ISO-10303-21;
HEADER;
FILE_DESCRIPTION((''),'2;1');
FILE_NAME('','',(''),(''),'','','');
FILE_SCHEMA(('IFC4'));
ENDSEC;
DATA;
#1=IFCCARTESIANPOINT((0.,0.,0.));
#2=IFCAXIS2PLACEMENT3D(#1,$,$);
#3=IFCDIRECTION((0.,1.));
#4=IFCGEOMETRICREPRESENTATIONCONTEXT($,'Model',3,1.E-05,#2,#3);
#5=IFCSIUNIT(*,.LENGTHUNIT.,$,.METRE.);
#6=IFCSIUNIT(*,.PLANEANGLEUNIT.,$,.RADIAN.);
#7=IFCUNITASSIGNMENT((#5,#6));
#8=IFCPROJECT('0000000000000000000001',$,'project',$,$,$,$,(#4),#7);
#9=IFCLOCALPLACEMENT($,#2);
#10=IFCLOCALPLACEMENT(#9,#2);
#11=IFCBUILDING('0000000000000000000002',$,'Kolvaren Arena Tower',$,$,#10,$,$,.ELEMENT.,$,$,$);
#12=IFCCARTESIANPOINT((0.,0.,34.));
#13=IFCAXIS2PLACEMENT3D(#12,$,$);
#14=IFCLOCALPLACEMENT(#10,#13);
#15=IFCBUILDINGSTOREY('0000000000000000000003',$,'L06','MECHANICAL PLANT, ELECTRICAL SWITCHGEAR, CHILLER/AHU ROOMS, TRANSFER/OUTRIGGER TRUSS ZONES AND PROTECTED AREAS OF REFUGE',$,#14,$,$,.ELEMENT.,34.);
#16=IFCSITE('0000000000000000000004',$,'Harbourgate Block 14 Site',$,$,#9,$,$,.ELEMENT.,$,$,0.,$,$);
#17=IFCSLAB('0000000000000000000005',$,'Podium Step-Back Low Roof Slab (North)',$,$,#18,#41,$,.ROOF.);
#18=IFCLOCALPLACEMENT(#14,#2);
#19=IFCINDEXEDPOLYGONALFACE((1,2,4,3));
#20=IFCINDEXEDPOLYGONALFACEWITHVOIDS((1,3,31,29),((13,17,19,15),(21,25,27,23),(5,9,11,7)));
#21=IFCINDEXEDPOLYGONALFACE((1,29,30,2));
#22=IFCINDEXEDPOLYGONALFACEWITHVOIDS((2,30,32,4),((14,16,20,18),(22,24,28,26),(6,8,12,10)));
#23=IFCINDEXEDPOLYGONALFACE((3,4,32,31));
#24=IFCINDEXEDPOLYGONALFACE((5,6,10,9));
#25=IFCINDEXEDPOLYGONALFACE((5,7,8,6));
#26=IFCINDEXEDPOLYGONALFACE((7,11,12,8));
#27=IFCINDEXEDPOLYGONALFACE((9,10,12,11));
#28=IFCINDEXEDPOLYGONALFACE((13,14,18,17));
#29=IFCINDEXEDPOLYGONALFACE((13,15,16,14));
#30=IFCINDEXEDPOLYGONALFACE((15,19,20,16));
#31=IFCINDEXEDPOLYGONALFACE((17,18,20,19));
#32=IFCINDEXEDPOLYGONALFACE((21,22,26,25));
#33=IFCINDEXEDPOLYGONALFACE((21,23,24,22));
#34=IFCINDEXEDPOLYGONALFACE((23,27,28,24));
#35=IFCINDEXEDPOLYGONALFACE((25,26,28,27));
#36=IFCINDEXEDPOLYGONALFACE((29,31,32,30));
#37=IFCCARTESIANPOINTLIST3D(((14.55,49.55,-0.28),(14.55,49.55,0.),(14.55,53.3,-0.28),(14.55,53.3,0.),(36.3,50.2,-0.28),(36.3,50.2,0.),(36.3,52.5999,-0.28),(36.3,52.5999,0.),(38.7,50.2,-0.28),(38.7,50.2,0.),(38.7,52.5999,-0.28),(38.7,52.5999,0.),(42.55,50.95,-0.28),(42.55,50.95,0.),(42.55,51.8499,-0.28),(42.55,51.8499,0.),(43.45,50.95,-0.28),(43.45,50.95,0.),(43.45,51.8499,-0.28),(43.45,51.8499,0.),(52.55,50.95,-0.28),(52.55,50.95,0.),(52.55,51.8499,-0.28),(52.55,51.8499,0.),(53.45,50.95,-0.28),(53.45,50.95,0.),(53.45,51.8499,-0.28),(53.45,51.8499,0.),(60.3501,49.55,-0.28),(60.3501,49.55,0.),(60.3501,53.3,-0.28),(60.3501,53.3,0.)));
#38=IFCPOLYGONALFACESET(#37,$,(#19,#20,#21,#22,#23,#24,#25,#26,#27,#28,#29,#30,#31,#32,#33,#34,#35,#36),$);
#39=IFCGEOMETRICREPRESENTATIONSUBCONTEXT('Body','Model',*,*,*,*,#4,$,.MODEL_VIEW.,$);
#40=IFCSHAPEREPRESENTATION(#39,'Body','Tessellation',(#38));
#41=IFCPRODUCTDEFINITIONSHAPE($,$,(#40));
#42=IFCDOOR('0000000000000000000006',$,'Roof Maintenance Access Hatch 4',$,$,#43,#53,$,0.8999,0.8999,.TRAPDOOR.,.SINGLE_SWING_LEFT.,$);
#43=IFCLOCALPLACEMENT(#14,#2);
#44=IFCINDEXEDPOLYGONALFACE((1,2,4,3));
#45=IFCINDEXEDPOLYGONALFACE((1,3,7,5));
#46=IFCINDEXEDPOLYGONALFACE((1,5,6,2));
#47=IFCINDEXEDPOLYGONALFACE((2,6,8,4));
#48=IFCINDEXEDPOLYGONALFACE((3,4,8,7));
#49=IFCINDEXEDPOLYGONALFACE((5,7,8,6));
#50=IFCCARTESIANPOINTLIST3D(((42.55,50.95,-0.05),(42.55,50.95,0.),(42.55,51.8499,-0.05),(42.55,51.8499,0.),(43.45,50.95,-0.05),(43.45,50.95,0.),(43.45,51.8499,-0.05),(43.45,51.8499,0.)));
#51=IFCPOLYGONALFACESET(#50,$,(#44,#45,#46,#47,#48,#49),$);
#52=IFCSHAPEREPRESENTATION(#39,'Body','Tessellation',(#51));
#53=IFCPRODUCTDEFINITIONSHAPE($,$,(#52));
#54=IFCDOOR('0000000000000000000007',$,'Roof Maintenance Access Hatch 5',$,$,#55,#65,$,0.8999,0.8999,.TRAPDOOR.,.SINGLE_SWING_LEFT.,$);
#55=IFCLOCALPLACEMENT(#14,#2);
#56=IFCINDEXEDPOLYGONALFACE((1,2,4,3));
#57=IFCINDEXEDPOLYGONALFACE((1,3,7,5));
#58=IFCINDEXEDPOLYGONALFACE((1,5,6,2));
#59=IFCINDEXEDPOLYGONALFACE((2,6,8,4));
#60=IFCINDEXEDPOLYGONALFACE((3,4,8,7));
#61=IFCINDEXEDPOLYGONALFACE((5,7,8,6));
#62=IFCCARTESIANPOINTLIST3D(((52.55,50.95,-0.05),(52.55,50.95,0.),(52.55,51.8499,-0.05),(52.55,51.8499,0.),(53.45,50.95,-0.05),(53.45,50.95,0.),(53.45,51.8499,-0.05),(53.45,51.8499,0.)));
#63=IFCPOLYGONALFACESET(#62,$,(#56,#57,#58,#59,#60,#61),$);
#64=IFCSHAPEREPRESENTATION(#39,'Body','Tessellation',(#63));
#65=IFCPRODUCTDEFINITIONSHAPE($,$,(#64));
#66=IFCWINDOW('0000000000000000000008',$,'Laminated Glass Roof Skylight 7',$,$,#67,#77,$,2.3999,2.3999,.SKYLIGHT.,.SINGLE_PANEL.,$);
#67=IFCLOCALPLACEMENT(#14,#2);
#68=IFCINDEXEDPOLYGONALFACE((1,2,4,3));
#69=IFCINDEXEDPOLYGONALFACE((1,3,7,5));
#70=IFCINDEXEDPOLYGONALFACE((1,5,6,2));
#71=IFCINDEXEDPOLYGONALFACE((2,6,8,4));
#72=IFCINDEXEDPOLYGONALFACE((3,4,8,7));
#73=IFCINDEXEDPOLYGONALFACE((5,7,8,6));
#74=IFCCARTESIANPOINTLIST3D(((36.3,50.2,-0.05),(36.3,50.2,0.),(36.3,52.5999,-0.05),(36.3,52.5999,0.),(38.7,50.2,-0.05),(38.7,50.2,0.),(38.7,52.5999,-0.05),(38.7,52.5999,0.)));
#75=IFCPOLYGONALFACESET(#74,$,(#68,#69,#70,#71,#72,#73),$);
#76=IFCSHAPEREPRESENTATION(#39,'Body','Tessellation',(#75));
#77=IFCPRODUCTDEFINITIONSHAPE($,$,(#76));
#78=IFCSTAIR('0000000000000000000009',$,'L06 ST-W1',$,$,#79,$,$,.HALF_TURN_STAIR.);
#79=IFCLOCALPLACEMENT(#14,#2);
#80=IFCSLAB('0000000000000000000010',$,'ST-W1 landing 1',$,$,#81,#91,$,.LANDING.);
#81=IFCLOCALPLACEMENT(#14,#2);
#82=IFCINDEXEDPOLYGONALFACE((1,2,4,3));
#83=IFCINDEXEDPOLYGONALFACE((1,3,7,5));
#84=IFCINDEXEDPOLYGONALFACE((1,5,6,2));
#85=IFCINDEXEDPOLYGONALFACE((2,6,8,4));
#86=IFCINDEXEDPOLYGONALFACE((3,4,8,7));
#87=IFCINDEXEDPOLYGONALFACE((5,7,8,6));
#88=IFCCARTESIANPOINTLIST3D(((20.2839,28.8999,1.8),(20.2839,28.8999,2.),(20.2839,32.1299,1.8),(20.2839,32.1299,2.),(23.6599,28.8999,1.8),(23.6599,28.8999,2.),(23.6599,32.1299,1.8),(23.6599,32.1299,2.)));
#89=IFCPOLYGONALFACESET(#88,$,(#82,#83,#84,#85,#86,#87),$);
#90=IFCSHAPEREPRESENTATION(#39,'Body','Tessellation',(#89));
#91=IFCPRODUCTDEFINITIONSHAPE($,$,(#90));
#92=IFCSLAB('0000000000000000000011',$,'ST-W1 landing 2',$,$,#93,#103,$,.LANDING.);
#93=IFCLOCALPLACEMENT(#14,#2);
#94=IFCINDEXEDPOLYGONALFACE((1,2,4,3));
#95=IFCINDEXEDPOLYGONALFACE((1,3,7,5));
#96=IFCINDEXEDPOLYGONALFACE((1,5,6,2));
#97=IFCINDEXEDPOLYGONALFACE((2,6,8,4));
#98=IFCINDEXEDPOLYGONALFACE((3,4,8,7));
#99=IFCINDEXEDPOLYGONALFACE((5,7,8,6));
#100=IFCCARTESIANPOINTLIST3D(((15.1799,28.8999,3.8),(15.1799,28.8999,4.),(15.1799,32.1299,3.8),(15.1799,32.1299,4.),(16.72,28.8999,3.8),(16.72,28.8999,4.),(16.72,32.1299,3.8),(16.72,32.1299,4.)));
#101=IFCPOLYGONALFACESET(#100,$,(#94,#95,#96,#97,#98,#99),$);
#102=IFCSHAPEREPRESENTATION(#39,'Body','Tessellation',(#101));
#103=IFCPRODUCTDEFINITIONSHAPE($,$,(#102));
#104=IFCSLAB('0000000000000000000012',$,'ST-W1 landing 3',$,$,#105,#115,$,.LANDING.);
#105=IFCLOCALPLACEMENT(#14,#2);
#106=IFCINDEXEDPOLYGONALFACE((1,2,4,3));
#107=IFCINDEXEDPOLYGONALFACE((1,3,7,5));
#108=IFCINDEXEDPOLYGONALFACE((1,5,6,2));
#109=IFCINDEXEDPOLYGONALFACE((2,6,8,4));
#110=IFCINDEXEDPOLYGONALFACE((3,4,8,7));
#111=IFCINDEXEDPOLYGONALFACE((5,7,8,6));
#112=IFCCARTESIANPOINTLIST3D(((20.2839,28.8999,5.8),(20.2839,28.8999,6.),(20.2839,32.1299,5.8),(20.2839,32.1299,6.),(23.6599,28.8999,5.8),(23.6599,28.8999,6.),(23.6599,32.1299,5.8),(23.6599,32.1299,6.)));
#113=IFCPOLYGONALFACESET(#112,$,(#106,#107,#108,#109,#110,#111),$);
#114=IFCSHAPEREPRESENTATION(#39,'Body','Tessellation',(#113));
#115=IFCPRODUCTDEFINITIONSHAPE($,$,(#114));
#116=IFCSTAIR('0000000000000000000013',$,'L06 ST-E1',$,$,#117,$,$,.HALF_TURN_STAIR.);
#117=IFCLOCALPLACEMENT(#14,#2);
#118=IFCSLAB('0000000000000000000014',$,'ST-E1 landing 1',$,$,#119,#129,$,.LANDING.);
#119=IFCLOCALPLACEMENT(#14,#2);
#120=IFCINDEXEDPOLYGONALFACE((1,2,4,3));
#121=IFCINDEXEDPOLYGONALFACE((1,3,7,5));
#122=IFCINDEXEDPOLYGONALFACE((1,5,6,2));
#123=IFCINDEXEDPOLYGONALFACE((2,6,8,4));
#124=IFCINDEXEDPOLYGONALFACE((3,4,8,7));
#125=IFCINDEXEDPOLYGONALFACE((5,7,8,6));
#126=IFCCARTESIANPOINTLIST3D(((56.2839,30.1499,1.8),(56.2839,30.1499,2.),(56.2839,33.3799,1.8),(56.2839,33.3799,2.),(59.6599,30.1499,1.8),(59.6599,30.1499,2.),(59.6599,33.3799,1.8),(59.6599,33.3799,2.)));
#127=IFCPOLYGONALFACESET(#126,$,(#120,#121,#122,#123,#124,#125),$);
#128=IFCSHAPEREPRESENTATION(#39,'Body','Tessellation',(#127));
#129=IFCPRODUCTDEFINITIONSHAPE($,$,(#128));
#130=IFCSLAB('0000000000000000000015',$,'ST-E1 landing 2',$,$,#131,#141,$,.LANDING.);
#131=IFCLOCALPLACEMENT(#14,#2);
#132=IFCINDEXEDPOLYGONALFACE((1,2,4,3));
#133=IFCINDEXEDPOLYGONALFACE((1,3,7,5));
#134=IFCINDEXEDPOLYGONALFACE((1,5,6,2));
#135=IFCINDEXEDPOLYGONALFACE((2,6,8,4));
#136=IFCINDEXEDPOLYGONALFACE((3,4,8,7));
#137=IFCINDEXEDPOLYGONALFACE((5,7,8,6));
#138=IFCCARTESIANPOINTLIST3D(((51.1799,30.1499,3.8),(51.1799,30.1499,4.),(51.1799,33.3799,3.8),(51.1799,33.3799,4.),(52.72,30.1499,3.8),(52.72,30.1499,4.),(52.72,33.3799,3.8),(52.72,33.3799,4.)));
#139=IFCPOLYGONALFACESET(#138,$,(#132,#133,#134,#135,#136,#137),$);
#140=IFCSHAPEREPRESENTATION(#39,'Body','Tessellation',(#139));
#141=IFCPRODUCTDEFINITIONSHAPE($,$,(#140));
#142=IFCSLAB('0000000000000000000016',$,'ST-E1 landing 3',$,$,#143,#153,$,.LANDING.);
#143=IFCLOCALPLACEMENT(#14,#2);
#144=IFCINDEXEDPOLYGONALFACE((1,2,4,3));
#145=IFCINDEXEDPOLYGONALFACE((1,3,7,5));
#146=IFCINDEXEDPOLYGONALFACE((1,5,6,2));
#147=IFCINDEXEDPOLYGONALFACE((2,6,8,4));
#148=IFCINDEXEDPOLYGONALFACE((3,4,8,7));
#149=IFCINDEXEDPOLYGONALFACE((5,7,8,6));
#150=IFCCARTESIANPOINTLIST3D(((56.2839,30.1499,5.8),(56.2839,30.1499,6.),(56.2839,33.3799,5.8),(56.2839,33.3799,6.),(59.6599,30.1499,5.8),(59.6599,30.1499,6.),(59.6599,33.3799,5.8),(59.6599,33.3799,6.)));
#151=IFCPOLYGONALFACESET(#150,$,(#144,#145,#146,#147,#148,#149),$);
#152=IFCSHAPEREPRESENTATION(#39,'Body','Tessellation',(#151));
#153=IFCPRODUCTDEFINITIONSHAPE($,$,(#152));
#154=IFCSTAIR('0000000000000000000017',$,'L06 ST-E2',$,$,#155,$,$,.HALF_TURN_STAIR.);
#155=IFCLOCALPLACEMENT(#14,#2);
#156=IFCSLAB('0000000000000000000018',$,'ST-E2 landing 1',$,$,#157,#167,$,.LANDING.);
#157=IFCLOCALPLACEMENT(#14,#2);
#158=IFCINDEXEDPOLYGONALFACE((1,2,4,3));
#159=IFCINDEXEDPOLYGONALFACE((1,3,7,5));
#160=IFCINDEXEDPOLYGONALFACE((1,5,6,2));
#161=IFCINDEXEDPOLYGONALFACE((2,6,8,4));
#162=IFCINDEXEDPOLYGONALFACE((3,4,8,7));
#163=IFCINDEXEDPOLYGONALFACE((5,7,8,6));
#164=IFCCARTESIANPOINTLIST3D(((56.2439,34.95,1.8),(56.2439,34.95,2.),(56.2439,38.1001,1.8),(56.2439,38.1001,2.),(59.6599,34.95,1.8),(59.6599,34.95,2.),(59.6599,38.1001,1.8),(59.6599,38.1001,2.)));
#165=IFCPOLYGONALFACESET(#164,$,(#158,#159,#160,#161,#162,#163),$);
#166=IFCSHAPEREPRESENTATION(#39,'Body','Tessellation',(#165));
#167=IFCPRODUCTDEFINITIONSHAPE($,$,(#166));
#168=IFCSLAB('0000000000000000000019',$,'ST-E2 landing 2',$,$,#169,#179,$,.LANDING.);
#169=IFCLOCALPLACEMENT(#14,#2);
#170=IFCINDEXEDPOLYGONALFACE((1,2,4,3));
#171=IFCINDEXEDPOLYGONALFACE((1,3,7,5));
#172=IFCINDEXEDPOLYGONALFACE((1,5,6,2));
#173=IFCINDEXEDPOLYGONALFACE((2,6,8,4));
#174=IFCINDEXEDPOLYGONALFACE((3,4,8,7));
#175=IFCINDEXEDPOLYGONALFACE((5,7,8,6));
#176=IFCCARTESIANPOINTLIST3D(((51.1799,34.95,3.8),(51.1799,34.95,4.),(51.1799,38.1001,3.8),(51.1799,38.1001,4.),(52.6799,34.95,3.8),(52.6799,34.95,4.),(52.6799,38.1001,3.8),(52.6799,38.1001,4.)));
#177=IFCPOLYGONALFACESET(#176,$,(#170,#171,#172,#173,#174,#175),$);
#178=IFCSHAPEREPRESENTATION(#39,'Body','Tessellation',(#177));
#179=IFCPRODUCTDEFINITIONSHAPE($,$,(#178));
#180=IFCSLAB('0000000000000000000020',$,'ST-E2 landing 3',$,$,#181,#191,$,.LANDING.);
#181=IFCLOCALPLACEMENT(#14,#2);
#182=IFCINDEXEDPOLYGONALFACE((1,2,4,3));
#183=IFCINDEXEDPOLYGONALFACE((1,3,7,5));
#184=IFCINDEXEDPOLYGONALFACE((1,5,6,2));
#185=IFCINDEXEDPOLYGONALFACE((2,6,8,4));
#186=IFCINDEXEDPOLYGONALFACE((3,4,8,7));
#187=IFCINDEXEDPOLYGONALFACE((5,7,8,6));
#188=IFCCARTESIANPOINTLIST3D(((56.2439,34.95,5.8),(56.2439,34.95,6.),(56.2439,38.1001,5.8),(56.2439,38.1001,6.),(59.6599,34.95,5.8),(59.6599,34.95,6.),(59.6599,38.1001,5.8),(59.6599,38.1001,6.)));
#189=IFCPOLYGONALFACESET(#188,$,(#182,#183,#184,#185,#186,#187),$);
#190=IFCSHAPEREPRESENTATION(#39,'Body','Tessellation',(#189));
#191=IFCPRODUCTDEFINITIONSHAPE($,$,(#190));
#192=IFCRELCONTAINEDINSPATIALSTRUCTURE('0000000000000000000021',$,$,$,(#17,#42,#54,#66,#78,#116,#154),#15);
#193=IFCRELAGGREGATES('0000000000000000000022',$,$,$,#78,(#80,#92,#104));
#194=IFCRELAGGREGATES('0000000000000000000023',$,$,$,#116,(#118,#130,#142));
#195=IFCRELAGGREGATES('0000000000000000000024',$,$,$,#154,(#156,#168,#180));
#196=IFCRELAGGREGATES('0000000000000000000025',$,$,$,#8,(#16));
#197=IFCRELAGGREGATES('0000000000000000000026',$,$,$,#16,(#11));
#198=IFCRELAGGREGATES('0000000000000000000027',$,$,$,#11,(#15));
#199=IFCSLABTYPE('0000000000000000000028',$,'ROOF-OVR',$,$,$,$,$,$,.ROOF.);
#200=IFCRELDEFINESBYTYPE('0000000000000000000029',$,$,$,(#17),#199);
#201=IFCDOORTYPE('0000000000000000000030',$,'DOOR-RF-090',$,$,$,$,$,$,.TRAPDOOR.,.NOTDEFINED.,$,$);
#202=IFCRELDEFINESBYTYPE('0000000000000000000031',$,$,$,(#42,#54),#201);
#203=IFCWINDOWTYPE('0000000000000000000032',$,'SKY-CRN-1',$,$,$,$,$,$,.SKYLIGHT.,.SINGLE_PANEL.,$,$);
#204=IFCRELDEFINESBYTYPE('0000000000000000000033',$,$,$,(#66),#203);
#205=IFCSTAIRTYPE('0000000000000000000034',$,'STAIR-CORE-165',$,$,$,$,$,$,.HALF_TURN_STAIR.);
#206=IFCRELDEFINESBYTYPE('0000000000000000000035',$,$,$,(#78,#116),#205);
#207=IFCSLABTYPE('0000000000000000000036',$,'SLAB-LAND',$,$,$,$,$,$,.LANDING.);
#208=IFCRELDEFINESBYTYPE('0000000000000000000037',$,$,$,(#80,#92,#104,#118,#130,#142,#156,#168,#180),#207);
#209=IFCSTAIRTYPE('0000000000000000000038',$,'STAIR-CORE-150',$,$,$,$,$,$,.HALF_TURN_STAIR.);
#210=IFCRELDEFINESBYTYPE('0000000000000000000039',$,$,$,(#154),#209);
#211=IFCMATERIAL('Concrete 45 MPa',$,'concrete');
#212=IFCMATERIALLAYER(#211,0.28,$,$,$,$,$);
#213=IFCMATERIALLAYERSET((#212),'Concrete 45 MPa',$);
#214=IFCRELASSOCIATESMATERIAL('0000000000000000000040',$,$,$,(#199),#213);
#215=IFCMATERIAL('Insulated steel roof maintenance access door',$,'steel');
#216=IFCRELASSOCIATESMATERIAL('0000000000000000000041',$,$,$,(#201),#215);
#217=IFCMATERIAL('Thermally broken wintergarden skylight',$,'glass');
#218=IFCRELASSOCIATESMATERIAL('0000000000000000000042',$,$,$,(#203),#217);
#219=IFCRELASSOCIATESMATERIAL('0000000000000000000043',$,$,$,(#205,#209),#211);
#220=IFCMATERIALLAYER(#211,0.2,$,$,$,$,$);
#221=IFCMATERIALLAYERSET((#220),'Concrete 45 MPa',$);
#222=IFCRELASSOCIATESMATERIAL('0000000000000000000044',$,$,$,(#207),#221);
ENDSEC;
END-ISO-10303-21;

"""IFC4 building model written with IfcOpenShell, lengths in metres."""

from ifc_helpers import new_model, si_unit, direction, frame, origin, origin_2d, place, context, subcontext, project, spatial, polyline, rectangle, outline, extrude, material, layer, layer_set, type_object, element, fill, aggregate, save


model = new_model("IFC4")

# Units and contexts
model_context = context("Model", 3, precision=1e-05, world=origin(), true_north=direction((0.0, 1.0)))
body_context = subcontext(model_context, "Body", "Model", "MODEL_VIEW")
ifc_project = project(units=[si_unit("LENGTHUNIT", "METRE"), si_unit("PLANEANGLEUNIT", "RADIAN")], contexts=[model_context])

# Site, building, storey
site_placement = place(None, origin())
site = spatial("IfcSite", under=ifc_project, at=site_placement, Name="Harbourgate Block 14 Site", CompositionType="ELEMENT", RefElevation=0.0)
building_placement = place(site_placement, origin())
building = spatial("IfcBuilding", under=site, at=building_placement, Name="Kolvaren Arena Tower", CompositionType="ELEMENT")
storey_placement = place(building_placement, frame((0.0, 0.0, 34.0)))
storey = spatial("IfcBuildingStorey", under=building, at=storey_placement, Name="L06", Description="MECHANICAL PLANT, ELECTRICAL SWITCHGEAR, CHILLER/AHU ROOMS, TRANSFER/OUTRIGGER TRUSS ZONES AND PROTECTED AREAS OF REFUGE", CompositionType="ELEMENT", Elevation=34.0)

# Slab, openings, doors, window
ifc_material_1 = material(Name="Concrete 45 MPa", Category="concrete")
ifc_layer_1 = layer(ifc_material_1, 0.28)
ifc_layer_set_1 = layer_set([ifc_layer_1], Name="Concrete 45 MPa")
slab_type_1 = type_object("IfcSlabType", Name="ROOF-OVR", PredefinedType="ROOF", material=ifc_layer_set_1)
ifc_material_2 = material(Name="Insulated steel roof maintenance access door", Category="steel")
door_type = type_object("IfcDoorType", Name="DOOR-RF-090", OperationType="NOTDEFINED", PredefinedType="TRAPDOOR", material=ifc_material_2)
ifc_material_3 = material(Name="Thermally broken wintergarden skylight", Category="glass")
window_type = type_object("IfcWindowType", Name="SKY-CRN-1", PartitioningType="SINGLE_PANEL", PredefinedType="SKYLIGHT", material=ifc_material_3)
slab_1_placement = place(storey_placement, frame((0.0, 0.0, -0.28)))
slab_1 = element("IfcSlab", 1, at=slab_1_placement, inside=storey, type_object=slab_type_1, Name="Podium Step-Back Low Roof Slab (North)", PredefinedType="ROOF", context=body_context, shape_type="SweptSolid", body=[
    extrude(outline(polyline([(14.55, 49.55), (60.3501, 49.55), (60.3501, 53.3), (14.55, 53.3), (14.55, 49.55)])), origin(), (0.0, 0.0, 1.0), 0.28),
])
opening_1_placement = place(slab_1_placement, frame((37.5, 51.3999, 0.0)))
opening_1 = element("IfcOpeningElement", 2, at=opening_1_placement, cuts=slab_1, PredefinedType="OPENING", context=body_context, shape_type="SweptSolid", body=[
    extrude(rectangle(XDim=2.3999, YDim=2.3999, at=origin_2d()), origin(), (0.0, 0.0, 1.0), 0.28),
])
opening_2_placement = place(slab_1_placement, frame((43.0, 51.3999, 0.0)))
opening_2 = element("IfcOpeningElement", 3, at=opening_2_placement, cuts=slab_1, PredefinedType="OPENING", context=body_context, shape_type="SweptSolid", body=[
    extrude(rectangle(XDim=0.8999, YDim=0.8999, at=origin_2d()), origin(), (0.0, 0.0, 1.0), 0.28),
])
opening_3_placement = place(slab_1_placement, frame((53.0, 51.3999, 0.0)))
opening_3 = element("IfcOpeningElement", 4, at=opening_3_placement, cuts=slab_1, PredefinedType="OPENING", context=body_context, shape_type="SweptSolid", body=[
    extrude(rectangle(XDim=0.8999, YDim=0.8999, at=origin_2d()), origin(), (0.0, 0.0, 1.0), 0.28),
])
door_1_placement = place(opening_2_placement, frame((0.0, 0.0, 0.23)))
door_1 = element("IfcDoor", 5, at=door_1_placement, inside=storey, type_object=door_type, Name="Roof Maintenance Access Hatch 4", OperationType="SINGLE_SWING_LEFT", OverallHeight=0.8999, OverallWidth=0.8999, PredefinedType="TRAPDOOR", context=body_context, shape_type="SweptSolid", body=[
    extrude(rectangle(XDim=0.8999, YDim=0.8999, at=origin_2d()), origin(), (0.0, 0.0, 1.0), 0.05),
])
fill(opening_2, door_1)
door_2_placement = place(opening_3_placement, frame((0.0, 0.0, 0.23)))
door_2 = element("IfcDoor", 6, at=door_2_placement, inside=storey, type_object=door_type, Name="Roof Maintenance Access Hatch 5", OperationType="SINGLE_SWING_LEFT", OverallHeight=0.8999, OverallWidth=0.8999, PredefinedType="TRAPDOOR", context=body_context, shape_type="SweptSolid", body=[
    extrude(rectangle(XDim=0.8999, YDim=0.8999, at=origin_2d()), origin(), (0.0, 0.0, 1.0), 0.05),
])
fill(opening_3, door_2)
window_1_placement = place(opening_1_placement, frame((0.0, 0.0, 0.23)))
window_1 = element("IfcWindow", 7, at=window_1_placement, inside=storey, type_object=window_type, Name="Laminated Glass Roof Skylight 7", OverallHeight=2.3999, OverallWidth=2.3999, PartitioningType="SINGLE_PANEL", PredefinedType="SKYLIGHT", context=body_context, shape_type="SweptSolid", body=[
    extrude(rectangle(XDim=2.3999, YDim=2.3999, at=origin_2d()), origin(), (0.0, 0.0, 1.0), 0.05),
])
fill(opening_1, window_1)

# Stairs, slabs
stair_type_1 = type_object("IfcStairType", Name="STAIR-CORE-165", PredefinedType="HALF_TURN_STAIR", material=ifc_material_1)
stair_1_placement = place(storey_placement, origin())
stair_1 = element("IfcStair", 8, at=stair_1_placement, inside=storey, type_object=stair_type_1, Name="L06 ST-W1", PredefinedType="HALF_TURN_STAIR")
ifc_layer_2 = layer(ifc_material_1, 0.2)
ifc_layer_set_2 = layer_set([ifc_layer_2], Name="Concrete 45 MPa")
slab_type_2 = type_object("IfcSlabType", Name="SLAB-LAND", PredefinedType="LANDING", material=ifc_layer_set_2)
slab_2_placement = place(storey_placement, frame((0.0, 0.0, 1.8)))
slab_2 = element("IfcSlab", 9, at=slab_2_placement, type_object=slab_type_2, Name="ST-W1 landing 1", PredefinedType="LANDING", context=body_context, shape_type="SweptSolid", body=[
    extrude(outline(polyline([(20.2839, 28.8999), (23.6599, 28.8999), (23.6599, 32.1299), (20.2839, 32.1299), (20.2839, 28.8999)])), origin(), (0.0, 0.0, 1.0), 0.2),
])
slab_3_placement = place(storey_placement, frame((0.0, 0.0, 3.8)))
slab_3 = element("IfcSlab", 10, at=slab_3_placement, type_object=slab_type_2, Name="ST-W1 landing 2", PredefinedType="LANDING", context=body_context, shape_type="SweptSolid", body=[
    extrude(outline(polyline([(15.1799, 28.8999), (16.72, 28.8999), (16.72, 32.1299), (15.1799, 32.1299), (15.1799, 28.8999)])), origin(), (0.0, 0.0, 1.0), 0.2),
])
slab_4_placement = place(storey_placement, frame((0.0, 0.0, 5.8)))
slab_4 = element("IfcSlab", 11, at=slab_4_placement, type_object=slab_type_2, Name="ST-W1 landing 3", PredefinedType="LANDING", context=body_context, shape_type="SweptSolid", body=[
    extrude(outline(polyline([(20.2839, 28.8999), (23.6599, 28.8999), (23.6599, 32.1299), (20.2839, 32.1299), (20.2839, 28.8999)])), origin(), (0.0, 0.0, 1.0), 0.2),
])
aggregate(stair_1, [slab_2, slab_3, slab_4])
stair_2_placement = place(storey_placement, origin())
stair_2 = element("IfcStair", 12, at=stair_2_placement, inside=storey, type_object=stair_type_1, Name="L06 ST-E1", PredefinedType="HALF_TURN_STAIR")
slab_5_placement = place(storey_placement, frame((0.0, 0.0, 1.8)))
slab_5 = element("IfcSlab", 13, at=slab_5_placement, type_object=slab_type_2, Name="ST-E1 landing 1", PredefinedType="LANDING", context=body_context, shape_type="SweptSolid", body=[
    extrude(outline(polyline([(56.2839, 30.1499), (59.6599, 30.1499), (59.6599, 33.3799), (56.2839, 33.3799), (56.2839, 30.1499)])), origin(), (0.0, 0.0, 1.0), 0.2),
])
slab_6_placement = place(storey_placement, frame((0.0, 0.0, 3.8)))
slab_6 = element("IfcSlab", 14, at=slab_6_placement, type_object=slab_type_2, Name="ST-E1 landing 2", PredefinedType="LANDING", context=body_context, shape_type="SweptSolid", body=[
    extrude(outline(polyline([(51.1799, 30.1499), (52.72, 30.1499), (52.72, 33.3799), (51.1799, 33.3799), (51.1799, 30.1499)])), origin(), (0.0, 0.0, 1.0), 0.2),
])
slab_7_placement = place(storey_placement, frame((0.0, 0.0, 5.8)))
slab_7 = element("IfcSlab", 15, at=slab_7_placement, type_object=slab_type_2, Name="ST-E1 landing 3", PredefinedType="LANDING", context=body_context, shape_type="SweptSolid", body=[
    extrude(outline(polyline([(56.2839, 30.1499), (59.6599, 30.1499), (59.6599, 33.3799), (56.2839, 33.3799), (56.2839, 30.1499)])), origin(), (0.0, 0.0, 1.0), 0.2),
])
aggregate(stair_2, [slab_5, slab_6, slab_7])
stair_type_2 = type_object("IfcStairType", Name="STAIR-CORE-150", PredefinedType="HALF_TURN_STAIR", material=ifc_material_1)
stair_3_placement = place(storey_placement, origin())
stair_3 = element("IfcStair", 16, at=stair_3_placement, inside=storey, type_object=stair_type_2, Name="L06 ST-E2", PredefinedType="HALF_TURN_STAIR")
slab_8_placement = place(storey_placement, frame((0.0, 0.0, 1.8)))
slab_8 = element("IfcSlab", 17, at=slab_8_placement, type_object=slab_type_2, Name="ST-E2 landing 1", PredefinedType="LANDING", context=body_context, shape_type="SweptSolid", body=[
    extrude(outline(polyline([(56.2439, 34.95), (59.6599, 34.95), (59.6599, 38.1001), (56.2439, 38.1001), (56.2439, 34.95)])), origin(), (0.0, 0.0, 1.0), 0.2),
])
slab_9_placement = place(storey_placement, frame((0.0, 0.0, 3.8)))
slab_9 = element("IfcSlab", 18, at=slab_9_placement, type_object=slab_type_2, Name="ST-E2 landing 2", PredefinedType="LANDING", context=body_context, shape_type="SweptSolid", body=[
    extrude(outline(polyline([(51.1799, 34.95), (52.6799, 34.95), (52.6799, 38.1001), (51.1799, 38.1001), (51.1799, 34.95)])), origin(), (0.0, 0.0, 1.0), 0.2),
])
slab_10_placement = place(storey_placement, frame((0.0, 0.0, 5.8)))
slab_10 = element("IfcSlab", 19, at=slab_10_placement, type_object=slab_type_2, Name="ST-E2 landing 3", PredefinedType="LANDING", context=body_context, shape_type="SweptSolid", body=[
    extrude(outline(polyline([(56.2439, 34.95), (59.6599, 34.95), (59.6599, 38.1001), (56.2439, 38.1001), (56.2439, 34.95)])), origin(), (0.0, 0.0, 1.0), 0.2),
])
aggregate(stair_3, [slab_8, slab_9, slab_10])

save(model, "model.ifc")
